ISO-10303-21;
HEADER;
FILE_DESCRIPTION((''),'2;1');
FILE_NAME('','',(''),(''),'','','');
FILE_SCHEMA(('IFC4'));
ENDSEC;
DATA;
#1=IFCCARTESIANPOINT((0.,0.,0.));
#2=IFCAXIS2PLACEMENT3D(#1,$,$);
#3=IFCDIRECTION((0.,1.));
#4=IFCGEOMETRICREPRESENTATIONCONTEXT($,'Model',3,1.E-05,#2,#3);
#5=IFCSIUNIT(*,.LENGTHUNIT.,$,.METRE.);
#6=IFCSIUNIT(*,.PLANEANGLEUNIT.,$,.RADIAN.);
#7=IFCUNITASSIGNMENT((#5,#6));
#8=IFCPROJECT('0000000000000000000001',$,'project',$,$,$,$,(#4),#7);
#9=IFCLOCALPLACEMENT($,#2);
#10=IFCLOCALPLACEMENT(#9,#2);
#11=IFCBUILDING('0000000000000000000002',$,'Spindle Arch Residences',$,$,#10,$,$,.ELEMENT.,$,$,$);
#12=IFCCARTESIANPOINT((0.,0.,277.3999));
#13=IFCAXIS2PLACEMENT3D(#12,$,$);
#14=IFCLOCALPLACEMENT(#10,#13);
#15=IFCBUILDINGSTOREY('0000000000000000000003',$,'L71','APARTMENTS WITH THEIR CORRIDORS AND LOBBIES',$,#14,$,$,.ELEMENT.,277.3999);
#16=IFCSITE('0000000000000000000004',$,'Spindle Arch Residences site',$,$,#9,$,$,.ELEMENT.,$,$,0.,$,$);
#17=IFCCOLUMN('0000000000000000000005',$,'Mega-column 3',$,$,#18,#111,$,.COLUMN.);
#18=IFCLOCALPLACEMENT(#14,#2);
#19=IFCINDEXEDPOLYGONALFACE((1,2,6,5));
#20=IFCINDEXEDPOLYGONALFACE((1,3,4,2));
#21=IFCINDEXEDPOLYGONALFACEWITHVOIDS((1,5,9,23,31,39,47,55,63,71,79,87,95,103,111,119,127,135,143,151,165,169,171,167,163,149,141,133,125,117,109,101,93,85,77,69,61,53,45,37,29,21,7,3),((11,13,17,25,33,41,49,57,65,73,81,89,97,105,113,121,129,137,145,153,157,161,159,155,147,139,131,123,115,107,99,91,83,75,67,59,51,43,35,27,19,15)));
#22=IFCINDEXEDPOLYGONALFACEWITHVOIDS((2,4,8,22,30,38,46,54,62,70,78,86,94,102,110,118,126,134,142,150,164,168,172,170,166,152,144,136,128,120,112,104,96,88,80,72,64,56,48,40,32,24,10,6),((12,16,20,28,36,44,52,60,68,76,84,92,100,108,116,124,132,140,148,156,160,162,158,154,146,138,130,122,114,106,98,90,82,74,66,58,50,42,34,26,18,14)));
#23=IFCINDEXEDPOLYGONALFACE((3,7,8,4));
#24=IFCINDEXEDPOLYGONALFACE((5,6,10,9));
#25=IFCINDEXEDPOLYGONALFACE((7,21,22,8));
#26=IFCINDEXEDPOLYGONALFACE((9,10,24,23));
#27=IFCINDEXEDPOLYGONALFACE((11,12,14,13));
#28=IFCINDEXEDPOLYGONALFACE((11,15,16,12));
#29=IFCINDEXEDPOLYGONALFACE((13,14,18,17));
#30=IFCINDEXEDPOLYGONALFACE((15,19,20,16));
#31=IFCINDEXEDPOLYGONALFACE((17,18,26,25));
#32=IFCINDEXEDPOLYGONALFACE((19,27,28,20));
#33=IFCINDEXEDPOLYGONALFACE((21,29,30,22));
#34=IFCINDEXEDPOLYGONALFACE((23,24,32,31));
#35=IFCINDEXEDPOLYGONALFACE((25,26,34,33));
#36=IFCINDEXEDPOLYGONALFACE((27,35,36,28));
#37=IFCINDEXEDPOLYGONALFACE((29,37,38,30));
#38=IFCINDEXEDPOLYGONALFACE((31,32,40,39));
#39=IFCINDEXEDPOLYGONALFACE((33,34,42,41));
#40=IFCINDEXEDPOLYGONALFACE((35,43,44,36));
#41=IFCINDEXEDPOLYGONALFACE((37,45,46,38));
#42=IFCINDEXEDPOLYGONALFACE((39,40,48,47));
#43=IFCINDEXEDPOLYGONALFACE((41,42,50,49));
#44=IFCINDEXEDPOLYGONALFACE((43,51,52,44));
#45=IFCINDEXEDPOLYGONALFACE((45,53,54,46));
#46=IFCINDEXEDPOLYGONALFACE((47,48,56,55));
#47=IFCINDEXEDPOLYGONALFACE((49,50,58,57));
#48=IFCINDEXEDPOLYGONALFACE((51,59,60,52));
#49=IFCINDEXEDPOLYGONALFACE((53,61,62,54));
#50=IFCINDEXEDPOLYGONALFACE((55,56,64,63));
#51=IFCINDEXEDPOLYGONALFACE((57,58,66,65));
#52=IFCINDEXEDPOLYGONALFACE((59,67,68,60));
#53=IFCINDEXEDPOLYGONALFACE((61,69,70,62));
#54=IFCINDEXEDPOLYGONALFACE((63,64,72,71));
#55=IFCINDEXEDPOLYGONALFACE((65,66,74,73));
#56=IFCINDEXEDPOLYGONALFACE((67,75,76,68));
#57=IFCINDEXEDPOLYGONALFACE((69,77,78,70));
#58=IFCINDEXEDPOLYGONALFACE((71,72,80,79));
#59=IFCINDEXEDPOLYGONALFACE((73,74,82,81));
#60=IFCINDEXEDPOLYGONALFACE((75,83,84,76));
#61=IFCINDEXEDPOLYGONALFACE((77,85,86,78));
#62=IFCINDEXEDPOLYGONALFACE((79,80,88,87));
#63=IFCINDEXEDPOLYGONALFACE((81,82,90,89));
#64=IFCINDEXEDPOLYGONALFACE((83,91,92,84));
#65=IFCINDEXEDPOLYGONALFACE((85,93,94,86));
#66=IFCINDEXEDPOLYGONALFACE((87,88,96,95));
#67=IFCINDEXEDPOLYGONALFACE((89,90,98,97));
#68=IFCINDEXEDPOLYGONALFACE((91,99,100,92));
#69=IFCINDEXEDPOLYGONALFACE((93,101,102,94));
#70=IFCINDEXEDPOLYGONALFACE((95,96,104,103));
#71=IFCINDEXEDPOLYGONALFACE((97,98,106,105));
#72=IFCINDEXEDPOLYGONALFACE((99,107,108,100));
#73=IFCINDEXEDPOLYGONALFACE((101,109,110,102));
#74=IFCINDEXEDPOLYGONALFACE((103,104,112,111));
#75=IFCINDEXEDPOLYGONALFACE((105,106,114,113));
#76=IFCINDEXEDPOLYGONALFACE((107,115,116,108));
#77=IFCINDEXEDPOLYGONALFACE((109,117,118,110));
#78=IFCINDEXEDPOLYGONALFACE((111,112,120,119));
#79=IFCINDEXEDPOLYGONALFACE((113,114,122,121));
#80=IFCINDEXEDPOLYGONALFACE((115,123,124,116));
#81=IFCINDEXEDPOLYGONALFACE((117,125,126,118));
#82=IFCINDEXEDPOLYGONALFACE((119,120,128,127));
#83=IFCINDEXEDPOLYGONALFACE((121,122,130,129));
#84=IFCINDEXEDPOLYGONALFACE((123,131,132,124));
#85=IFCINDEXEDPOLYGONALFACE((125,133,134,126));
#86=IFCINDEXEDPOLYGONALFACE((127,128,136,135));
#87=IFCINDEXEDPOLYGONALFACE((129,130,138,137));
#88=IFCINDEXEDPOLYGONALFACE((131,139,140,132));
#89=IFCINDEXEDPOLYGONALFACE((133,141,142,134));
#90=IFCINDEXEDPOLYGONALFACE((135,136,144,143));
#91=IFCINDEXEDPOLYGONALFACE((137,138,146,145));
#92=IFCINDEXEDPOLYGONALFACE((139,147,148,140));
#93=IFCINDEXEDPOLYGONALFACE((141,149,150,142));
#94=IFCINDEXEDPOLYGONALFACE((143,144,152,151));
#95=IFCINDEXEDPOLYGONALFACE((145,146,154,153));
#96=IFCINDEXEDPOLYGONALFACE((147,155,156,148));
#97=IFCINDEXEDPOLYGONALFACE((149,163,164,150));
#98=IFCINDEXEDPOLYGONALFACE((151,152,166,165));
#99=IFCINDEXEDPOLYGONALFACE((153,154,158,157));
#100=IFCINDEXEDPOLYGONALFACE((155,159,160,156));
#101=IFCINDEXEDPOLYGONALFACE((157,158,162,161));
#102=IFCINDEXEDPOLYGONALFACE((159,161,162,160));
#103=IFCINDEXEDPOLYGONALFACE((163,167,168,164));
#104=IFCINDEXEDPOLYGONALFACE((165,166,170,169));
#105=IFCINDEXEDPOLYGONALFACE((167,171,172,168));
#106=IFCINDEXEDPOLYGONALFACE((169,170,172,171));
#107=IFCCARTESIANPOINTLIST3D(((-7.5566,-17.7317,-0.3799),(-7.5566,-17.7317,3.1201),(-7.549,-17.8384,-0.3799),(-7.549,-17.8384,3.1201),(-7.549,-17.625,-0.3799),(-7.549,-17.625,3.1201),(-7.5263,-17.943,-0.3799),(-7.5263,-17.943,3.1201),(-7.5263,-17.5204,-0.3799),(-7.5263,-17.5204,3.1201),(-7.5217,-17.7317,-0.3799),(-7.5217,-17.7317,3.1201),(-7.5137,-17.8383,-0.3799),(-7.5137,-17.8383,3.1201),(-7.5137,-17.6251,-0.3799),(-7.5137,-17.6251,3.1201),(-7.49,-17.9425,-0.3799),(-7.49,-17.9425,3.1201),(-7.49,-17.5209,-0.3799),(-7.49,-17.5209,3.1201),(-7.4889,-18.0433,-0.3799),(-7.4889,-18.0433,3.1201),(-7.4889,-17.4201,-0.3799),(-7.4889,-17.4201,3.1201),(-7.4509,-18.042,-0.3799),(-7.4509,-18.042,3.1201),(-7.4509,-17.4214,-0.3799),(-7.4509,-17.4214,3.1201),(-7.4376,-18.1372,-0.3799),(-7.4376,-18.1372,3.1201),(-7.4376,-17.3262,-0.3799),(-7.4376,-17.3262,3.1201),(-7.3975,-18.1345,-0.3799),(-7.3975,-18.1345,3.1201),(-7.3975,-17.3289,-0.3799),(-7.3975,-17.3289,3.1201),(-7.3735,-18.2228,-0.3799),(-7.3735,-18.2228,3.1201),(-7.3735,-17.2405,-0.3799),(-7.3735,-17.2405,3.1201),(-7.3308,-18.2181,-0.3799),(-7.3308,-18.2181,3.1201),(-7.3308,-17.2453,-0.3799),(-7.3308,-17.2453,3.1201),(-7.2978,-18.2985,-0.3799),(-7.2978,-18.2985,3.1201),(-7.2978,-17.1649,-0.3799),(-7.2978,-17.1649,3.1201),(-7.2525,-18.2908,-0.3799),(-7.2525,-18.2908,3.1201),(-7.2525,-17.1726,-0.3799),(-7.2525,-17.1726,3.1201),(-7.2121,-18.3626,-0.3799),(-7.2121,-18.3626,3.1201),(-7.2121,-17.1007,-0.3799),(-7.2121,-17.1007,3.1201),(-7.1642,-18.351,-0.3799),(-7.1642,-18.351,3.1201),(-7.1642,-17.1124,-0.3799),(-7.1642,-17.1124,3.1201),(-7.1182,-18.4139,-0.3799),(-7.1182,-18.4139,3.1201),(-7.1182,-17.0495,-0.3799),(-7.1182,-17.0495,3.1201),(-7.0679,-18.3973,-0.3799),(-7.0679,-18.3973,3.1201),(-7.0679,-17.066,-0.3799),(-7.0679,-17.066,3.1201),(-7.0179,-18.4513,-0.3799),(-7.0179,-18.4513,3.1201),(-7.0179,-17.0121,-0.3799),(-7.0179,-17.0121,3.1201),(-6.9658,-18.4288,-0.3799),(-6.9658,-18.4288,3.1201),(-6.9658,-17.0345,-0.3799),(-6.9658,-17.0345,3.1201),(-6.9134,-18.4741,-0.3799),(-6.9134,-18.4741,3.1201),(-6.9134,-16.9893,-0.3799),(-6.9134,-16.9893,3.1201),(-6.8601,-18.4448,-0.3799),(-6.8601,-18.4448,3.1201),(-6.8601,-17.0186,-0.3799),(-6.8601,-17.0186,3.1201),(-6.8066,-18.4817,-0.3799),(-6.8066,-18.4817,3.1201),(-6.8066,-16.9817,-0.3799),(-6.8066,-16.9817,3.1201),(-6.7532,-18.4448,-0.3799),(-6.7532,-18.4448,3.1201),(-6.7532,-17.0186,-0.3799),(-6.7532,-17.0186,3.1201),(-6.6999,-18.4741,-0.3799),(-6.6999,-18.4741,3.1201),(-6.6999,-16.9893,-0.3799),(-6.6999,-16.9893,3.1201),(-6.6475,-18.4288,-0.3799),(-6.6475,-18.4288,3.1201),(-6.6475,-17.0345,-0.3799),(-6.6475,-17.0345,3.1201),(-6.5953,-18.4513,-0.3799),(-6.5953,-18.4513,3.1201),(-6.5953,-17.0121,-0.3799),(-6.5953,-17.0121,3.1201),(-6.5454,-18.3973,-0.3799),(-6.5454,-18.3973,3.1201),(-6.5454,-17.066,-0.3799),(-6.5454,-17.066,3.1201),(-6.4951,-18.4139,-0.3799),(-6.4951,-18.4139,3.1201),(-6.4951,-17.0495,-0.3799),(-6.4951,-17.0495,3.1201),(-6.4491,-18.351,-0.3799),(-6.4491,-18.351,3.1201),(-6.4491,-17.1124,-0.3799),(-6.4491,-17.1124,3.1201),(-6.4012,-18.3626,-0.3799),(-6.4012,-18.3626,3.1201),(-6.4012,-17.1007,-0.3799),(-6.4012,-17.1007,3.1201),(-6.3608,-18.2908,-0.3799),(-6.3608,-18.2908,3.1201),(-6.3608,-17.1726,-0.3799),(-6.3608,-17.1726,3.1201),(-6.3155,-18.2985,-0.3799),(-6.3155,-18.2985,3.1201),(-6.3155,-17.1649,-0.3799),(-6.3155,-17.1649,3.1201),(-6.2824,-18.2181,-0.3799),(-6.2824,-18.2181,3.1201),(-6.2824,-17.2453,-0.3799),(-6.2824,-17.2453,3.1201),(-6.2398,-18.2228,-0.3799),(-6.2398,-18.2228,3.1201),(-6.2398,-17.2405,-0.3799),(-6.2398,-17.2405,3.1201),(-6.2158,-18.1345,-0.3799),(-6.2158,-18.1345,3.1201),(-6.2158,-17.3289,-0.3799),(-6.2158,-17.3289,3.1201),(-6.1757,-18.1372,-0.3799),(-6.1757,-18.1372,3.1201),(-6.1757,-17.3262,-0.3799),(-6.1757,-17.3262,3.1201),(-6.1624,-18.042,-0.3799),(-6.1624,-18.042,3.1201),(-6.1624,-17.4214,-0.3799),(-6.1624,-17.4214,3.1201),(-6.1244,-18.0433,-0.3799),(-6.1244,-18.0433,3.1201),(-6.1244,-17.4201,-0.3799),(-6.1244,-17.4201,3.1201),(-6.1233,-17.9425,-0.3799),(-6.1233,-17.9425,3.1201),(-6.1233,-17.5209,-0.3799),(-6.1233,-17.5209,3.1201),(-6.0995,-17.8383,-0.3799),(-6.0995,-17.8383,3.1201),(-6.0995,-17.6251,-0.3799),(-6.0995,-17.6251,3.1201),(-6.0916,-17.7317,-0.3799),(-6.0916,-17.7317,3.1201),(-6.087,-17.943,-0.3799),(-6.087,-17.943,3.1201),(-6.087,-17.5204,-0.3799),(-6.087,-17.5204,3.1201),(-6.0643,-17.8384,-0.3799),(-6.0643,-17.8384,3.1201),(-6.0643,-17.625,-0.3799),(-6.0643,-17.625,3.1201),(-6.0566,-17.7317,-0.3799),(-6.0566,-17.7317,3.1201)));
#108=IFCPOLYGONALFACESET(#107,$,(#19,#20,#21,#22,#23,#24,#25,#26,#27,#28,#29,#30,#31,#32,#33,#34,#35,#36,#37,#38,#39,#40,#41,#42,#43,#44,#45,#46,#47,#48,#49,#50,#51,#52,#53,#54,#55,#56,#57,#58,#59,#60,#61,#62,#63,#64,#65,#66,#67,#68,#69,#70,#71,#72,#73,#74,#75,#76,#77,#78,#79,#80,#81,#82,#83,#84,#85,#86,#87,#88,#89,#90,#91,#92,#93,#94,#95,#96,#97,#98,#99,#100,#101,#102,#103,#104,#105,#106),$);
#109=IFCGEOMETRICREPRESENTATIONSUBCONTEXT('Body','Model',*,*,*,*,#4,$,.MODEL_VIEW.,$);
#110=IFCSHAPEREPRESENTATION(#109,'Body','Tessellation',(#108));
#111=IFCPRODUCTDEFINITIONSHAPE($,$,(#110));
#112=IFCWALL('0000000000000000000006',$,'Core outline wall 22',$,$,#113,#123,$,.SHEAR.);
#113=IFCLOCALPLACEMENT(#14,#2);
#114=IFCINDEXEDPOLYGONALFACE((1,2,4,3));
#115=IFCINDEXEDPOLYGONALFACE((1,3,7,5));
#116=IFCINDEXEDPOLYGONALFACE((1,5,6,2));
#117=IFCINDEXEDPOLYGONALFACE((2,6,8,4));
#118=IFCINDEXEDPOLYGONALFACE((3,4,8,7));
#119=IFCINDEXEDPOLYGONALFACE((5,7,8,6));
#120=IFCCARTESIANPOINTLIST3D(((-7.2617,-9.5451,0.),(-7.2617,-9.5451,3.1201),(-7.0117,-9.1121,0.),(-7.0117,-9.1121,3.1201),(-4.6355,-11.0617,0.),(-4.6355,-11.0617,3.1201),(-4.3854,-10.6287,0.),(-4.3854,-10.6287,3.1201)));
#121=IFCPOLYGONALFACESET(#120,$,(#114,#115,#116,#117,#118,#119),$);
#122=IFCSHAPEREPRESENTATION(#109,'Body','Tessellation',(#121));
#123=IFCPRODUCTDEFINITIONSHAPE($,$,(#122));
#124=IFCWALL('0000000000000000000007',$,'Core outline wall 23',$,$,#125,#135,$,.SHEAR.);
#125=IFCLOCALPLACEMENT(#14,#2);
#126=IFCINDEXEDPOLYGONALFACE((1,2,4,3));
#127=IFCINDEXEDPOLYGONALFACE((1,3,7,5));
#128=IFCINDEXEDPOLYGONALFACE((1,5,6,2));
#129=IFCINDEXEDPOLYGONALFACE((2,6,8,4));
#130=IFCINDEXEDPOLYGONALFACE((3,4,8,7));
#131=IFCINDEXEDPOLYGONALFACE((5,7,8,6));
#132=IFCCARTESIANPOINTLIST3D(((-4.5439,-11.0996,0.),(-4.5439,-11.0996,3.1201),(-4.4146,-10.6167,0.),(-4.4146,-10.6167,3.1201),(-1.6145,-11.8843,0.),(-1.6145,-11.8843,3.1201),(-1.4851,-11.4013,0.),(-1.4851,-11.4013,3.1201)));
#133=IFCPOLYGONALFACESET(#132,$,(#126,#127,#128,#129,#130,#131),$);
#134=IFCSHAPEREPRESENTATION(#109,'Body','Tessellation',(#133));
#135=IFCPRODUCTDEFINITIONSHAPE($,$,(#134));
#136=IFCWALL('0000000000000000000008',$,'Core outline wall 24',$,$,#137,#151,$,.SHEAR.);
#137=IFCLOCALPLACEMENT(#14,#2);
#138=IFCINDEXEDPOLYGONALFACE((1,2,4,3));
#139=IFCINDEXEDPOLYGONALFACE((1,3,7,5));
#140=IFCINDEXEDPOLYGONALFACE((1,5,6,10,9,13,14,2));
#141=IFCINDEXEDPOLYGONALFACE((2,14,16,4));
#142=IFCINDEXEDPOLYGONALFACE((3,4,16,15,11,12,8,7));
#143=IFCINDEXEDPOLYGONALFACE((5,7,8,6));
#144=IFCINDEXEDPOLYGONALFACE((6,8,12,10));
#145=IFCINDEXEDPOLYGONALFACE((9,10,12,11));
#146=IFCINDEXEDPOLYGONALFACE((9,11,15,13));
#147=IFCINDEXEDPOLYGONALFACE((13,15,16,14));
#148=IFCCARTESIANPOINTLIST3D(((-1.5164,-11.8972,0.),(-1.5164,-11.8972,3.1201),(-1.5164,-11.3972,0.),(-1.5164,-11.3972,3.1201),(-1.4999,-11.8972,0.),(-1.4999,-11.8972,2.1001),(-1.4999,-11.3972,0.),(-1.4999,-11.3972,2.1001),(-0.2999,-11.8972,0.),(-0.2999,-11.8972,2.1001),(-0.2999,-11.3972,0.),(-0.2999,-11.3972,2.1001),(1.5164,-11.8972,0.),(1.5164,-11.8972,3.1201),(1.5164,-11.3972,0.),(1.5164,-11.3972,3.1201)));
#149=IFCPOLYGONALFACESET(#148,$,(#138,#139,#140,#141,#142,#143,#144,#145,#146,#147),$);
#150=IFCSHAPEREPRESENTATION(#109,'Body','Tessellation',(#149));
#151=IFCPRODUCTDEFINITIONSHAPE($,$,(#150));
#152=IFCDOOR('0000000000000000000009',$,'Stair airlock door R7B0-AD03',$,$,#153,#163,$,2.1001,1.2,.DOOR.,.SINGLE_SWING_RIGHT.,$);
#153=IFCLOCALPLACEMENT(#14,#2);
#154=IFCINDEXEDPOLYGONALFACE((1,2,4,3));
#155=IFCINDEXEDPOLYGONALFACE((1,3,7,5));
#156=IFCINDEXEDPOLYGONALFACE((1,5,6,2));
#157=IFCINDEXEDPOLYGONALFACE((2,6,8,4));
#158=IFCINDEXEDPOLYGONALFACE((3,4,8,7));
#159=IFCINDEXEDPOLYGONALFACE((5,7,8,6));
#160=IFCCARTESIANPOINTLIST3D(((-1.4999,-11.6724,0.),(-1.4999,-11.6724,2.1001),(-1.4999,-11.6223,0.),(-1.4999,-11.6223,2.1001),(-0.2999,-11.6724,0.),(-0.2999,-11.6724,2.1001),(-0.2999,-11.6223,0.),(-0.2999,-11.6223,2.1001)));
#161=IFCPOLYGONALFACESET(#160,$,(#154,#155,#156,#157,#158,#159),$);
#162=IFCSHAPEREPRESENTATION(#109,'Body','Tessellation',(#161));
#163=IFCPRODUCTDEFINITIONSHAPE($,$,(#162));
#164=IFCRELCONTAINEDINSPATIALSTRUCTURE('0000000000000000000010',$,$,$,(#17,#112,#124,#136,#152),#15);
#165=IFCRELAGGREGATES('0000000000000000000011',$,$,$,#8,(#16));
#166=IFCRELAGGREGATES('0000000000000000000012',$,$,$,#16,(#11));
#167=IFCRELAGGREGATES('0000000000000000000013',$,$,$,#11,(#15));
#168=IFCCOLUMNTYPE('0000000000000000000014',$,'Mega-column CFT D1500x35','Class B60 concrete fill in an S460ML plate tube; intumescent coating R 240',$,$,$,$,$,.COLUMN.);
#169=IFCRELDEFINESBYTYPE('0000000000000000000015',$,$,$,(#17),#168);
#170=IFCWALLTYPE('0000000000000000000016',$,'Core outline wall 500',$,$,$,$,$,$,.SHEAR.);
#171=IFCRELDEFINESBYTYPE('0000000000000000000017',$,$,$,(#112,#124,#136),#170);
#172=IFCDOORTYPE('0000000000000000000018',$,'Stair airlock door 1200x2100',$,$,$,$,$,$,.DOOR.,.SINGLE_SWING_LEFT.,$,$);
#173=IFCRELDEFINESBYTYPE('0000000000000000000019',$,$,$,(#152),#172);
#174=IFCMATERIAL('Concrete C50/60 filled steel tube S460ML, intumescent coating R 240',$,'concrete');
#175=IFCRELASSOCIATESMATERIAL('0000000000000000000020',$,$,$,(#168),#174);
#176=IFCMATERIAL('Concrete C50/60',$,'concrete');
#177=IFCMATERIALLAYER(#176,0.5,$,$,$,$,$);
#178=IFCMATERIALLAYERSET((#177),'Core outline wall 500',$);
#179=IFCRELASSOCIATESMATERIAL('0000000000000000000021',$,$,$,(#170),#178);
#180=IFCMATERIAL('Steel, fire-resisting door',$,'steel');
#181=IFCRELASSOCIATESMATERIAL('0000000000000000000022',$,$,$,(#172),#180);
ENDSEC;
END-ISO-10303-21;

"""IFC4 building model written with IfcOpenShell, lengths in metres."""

from ifc_helpers import new_model, si_unit, direction, frame, frame_2d, origin, origin_2d, place, context, subcontext, project, spatial, rectangle, hollow_circle, extrude, material, layer, layer_set, material_profile, profile_set, type_object, element, fill, save


model = new_model("IFC4")

# Units and contexts
model_context = context("Model", 3, precision=1e-05, world=origin(), true_north=direction((0.0, 1.0)))
body_context = subcontext(model_context, "Body", "Model", "MODEL_VIEW")
ifc_project = project(units=[si_unit("LENGTHUNIT", "METRE"), si_unit("PLANEANGLEUNIT", "RADIAN")], contexts=[model_context])

# Site, building, storey
site_placement = place(None, origin())
site = spatial("IfcSite", under=ifc_project, at=site_placement, Name="Spindle Arch Residences site", CompositionType="ELEMENT", RefElevation=0.0)
building_placement = place(site_placement, origin())
building = spatial("IfcBuilding", under=site, at=building_placement, Name="Spindle Arch Residences", CompositionType="ELEMENT")
storey_placement = place(building_placement, frame((0.0, 0.0, 277.3999)))
storey = spatial("IfcBuildingStorey", under=building, at=storey_placement, Name="L71", Description="APARTMENTS WITH THEIR CORRIDORS AND LOBBIES", CompositionType="ELEMENT", Elevation=277.3999)

# Column
ifc_material_1 = material(Name="Concrete C50/60 filled steel tube S460ML, intumescent coating R 240", Category="concrete")
ifc_material_profile = material_profile(ifc_material_1, hollow_circle(Radius=0.75, WallThickness=0.0349, at=origin_2d()), Name="CFT D1500x35")
ifc_profile_set = profile_set([ifc_material_profile], Name="Concrete C50/60 filled steel tube S460ML, intumescent coating R 240")
column_type = type_object("IfcColumnType", Name="Mega-column CFT D1500x35", Description="Class B60 concrete fill in an S460ML plate tube; intumescent coating R 240", PredefinedType="COLUMN", material=ifc_profile_set)
column_placement = place(storey_placement, frame((-6.8066, -17.7317, -0.3799), z_axis=(0.0, 0.0, 1.0), x_axis=(1.0, 0.0, 0.0)))
element("IfcColumn", 1, at=column_placement, inside=storey, type_object=column_type, Name="Mega-column 3", PredefinedType="COLUMN", context=body_context, shape_type="SweptSolid", body=[
    extrude(hollow_circle(Radius=0.75, WallThickness=0.0349, at=origin_2d()), origin(), (0.0, 0.0, 1.0), 3.5),
])

# Walls
ifc_material_2 = material(Name="Concrete C50/60", Category="concrete")
ifc_layer_1 = layer(ifc_material_2, 0.5)
ifc_layer_set_1 = layer_set([ifc_layer_1], Name="Core outline wall 500")
wall_type_1 = type_object("IfcWallType", Name="Core outline wall 500", PredefinedType="SHEAR", material=ifc_layer_set_1)
for number, where, z_axis, x_axis, name in (
    (2, (-7.1367, -9.3286, 0.0), (0.0, 0.0, 1.0), (0.865975, -0.500087, 0.0), "Core outline wall 22"),
    (3, (-4.4792, -10.8582, 0.0), (0.0, 0.0, 1.0), (0.965948, -0.258735, 0.0), "Core outline wall 23"),
):
    element("IfcWall", number, at=place(storey_placement, frame(where, z_axis=z_axis, x_axis=x_axis)), inside=storey, type_object=wall_type_1, Name=name, PredefinedType="SHEAR", context=body_context, shape_type="SweptSolid", body=[
        extrude(rectangle(XDim=3.0327, YDim=0.5, at=frame_2d((1.5164, 0.0))), origin(), (0.0, 0.0, 1.0), 3.1201),
    ])

# Wall, opening, door
wall_1_placement = place(storey_placement, frame((-1.5164, -11.6472, 0.0), z_axis=(0.0, 0.0, 1.0), x_axis=(1.0, 0.0, 0.0)))
wall_1 = element("IfcWall", 4, at=wall_1_placement, inside=storey, type_object=wall_type_1, Name="Core outline wall 24", PredefinedType="SHEAR", context=body_context, shape_type="SweptSolid", body=[
    extrude(rectangle(XDim=3.0327, YDim=0.5, at=frame_2d((1.5164, 0.0))), origin(), (0.0, 0.0, 1.0), 3.1201),
])
opening_1_placement = place(wall_1_placement, frame((0.0164, 0.0, 0.0)))
opening_1 = element("IfcOpeningElement", 5, at=opening_1_placement, cuts=wall_1, PredefinedType="OPENING", context=body_context, shape_type="SweptSolid", body=[
    extrude(rectangle(XDim=1.2, YDim=2.1001, at=frame_2d((0.6001, 1.05))), frame((0.0, 0.26, 0.0), z_axis=(0.0, -1.0, 0.0), x_axis=(1.0, 0.0, 0.0)), (0.0, 0.0, 1.0), 0.52),
])
ifc_material_3 = material(Name="Steel, fire-resisting door", Category="steel")
door_type_1 = type_object("IfcDoorType", Name="Stair airlock door 1200x2100", OperationType="SINGLE_SWING_LEFT", PredefinedType="DOOR", material=ifc_material_3)
door_1_placement = place(opening_1_placement, origin())
door_1 = element("IfcDoor", 6, at=door_1_placement, inside=storey, type_object=door_type_1, Name="Stair airlock door R7B0-AD03", OperationType="SINGLE_SWING_RIGHT", OverallHeight=2.1001, OverallWidth=1.2, PredefinedType="DOOR", context=body_context, shape_type="SweptSolid", body=[
    extrude(rectangle(XDim=1.2, YDim=2.1001, at=frame_2d((0.6001, 1.05))), frame((0.0, 0.0249, 0.0), z_axis=(0.0, -1.0, 0.0), x_axis=(1.0, 0.0, 0.0)), (0.0, 0.0, 1.0), 0.05),
])
fill(opening_1, door_1)

save(model, "model.ifc")
